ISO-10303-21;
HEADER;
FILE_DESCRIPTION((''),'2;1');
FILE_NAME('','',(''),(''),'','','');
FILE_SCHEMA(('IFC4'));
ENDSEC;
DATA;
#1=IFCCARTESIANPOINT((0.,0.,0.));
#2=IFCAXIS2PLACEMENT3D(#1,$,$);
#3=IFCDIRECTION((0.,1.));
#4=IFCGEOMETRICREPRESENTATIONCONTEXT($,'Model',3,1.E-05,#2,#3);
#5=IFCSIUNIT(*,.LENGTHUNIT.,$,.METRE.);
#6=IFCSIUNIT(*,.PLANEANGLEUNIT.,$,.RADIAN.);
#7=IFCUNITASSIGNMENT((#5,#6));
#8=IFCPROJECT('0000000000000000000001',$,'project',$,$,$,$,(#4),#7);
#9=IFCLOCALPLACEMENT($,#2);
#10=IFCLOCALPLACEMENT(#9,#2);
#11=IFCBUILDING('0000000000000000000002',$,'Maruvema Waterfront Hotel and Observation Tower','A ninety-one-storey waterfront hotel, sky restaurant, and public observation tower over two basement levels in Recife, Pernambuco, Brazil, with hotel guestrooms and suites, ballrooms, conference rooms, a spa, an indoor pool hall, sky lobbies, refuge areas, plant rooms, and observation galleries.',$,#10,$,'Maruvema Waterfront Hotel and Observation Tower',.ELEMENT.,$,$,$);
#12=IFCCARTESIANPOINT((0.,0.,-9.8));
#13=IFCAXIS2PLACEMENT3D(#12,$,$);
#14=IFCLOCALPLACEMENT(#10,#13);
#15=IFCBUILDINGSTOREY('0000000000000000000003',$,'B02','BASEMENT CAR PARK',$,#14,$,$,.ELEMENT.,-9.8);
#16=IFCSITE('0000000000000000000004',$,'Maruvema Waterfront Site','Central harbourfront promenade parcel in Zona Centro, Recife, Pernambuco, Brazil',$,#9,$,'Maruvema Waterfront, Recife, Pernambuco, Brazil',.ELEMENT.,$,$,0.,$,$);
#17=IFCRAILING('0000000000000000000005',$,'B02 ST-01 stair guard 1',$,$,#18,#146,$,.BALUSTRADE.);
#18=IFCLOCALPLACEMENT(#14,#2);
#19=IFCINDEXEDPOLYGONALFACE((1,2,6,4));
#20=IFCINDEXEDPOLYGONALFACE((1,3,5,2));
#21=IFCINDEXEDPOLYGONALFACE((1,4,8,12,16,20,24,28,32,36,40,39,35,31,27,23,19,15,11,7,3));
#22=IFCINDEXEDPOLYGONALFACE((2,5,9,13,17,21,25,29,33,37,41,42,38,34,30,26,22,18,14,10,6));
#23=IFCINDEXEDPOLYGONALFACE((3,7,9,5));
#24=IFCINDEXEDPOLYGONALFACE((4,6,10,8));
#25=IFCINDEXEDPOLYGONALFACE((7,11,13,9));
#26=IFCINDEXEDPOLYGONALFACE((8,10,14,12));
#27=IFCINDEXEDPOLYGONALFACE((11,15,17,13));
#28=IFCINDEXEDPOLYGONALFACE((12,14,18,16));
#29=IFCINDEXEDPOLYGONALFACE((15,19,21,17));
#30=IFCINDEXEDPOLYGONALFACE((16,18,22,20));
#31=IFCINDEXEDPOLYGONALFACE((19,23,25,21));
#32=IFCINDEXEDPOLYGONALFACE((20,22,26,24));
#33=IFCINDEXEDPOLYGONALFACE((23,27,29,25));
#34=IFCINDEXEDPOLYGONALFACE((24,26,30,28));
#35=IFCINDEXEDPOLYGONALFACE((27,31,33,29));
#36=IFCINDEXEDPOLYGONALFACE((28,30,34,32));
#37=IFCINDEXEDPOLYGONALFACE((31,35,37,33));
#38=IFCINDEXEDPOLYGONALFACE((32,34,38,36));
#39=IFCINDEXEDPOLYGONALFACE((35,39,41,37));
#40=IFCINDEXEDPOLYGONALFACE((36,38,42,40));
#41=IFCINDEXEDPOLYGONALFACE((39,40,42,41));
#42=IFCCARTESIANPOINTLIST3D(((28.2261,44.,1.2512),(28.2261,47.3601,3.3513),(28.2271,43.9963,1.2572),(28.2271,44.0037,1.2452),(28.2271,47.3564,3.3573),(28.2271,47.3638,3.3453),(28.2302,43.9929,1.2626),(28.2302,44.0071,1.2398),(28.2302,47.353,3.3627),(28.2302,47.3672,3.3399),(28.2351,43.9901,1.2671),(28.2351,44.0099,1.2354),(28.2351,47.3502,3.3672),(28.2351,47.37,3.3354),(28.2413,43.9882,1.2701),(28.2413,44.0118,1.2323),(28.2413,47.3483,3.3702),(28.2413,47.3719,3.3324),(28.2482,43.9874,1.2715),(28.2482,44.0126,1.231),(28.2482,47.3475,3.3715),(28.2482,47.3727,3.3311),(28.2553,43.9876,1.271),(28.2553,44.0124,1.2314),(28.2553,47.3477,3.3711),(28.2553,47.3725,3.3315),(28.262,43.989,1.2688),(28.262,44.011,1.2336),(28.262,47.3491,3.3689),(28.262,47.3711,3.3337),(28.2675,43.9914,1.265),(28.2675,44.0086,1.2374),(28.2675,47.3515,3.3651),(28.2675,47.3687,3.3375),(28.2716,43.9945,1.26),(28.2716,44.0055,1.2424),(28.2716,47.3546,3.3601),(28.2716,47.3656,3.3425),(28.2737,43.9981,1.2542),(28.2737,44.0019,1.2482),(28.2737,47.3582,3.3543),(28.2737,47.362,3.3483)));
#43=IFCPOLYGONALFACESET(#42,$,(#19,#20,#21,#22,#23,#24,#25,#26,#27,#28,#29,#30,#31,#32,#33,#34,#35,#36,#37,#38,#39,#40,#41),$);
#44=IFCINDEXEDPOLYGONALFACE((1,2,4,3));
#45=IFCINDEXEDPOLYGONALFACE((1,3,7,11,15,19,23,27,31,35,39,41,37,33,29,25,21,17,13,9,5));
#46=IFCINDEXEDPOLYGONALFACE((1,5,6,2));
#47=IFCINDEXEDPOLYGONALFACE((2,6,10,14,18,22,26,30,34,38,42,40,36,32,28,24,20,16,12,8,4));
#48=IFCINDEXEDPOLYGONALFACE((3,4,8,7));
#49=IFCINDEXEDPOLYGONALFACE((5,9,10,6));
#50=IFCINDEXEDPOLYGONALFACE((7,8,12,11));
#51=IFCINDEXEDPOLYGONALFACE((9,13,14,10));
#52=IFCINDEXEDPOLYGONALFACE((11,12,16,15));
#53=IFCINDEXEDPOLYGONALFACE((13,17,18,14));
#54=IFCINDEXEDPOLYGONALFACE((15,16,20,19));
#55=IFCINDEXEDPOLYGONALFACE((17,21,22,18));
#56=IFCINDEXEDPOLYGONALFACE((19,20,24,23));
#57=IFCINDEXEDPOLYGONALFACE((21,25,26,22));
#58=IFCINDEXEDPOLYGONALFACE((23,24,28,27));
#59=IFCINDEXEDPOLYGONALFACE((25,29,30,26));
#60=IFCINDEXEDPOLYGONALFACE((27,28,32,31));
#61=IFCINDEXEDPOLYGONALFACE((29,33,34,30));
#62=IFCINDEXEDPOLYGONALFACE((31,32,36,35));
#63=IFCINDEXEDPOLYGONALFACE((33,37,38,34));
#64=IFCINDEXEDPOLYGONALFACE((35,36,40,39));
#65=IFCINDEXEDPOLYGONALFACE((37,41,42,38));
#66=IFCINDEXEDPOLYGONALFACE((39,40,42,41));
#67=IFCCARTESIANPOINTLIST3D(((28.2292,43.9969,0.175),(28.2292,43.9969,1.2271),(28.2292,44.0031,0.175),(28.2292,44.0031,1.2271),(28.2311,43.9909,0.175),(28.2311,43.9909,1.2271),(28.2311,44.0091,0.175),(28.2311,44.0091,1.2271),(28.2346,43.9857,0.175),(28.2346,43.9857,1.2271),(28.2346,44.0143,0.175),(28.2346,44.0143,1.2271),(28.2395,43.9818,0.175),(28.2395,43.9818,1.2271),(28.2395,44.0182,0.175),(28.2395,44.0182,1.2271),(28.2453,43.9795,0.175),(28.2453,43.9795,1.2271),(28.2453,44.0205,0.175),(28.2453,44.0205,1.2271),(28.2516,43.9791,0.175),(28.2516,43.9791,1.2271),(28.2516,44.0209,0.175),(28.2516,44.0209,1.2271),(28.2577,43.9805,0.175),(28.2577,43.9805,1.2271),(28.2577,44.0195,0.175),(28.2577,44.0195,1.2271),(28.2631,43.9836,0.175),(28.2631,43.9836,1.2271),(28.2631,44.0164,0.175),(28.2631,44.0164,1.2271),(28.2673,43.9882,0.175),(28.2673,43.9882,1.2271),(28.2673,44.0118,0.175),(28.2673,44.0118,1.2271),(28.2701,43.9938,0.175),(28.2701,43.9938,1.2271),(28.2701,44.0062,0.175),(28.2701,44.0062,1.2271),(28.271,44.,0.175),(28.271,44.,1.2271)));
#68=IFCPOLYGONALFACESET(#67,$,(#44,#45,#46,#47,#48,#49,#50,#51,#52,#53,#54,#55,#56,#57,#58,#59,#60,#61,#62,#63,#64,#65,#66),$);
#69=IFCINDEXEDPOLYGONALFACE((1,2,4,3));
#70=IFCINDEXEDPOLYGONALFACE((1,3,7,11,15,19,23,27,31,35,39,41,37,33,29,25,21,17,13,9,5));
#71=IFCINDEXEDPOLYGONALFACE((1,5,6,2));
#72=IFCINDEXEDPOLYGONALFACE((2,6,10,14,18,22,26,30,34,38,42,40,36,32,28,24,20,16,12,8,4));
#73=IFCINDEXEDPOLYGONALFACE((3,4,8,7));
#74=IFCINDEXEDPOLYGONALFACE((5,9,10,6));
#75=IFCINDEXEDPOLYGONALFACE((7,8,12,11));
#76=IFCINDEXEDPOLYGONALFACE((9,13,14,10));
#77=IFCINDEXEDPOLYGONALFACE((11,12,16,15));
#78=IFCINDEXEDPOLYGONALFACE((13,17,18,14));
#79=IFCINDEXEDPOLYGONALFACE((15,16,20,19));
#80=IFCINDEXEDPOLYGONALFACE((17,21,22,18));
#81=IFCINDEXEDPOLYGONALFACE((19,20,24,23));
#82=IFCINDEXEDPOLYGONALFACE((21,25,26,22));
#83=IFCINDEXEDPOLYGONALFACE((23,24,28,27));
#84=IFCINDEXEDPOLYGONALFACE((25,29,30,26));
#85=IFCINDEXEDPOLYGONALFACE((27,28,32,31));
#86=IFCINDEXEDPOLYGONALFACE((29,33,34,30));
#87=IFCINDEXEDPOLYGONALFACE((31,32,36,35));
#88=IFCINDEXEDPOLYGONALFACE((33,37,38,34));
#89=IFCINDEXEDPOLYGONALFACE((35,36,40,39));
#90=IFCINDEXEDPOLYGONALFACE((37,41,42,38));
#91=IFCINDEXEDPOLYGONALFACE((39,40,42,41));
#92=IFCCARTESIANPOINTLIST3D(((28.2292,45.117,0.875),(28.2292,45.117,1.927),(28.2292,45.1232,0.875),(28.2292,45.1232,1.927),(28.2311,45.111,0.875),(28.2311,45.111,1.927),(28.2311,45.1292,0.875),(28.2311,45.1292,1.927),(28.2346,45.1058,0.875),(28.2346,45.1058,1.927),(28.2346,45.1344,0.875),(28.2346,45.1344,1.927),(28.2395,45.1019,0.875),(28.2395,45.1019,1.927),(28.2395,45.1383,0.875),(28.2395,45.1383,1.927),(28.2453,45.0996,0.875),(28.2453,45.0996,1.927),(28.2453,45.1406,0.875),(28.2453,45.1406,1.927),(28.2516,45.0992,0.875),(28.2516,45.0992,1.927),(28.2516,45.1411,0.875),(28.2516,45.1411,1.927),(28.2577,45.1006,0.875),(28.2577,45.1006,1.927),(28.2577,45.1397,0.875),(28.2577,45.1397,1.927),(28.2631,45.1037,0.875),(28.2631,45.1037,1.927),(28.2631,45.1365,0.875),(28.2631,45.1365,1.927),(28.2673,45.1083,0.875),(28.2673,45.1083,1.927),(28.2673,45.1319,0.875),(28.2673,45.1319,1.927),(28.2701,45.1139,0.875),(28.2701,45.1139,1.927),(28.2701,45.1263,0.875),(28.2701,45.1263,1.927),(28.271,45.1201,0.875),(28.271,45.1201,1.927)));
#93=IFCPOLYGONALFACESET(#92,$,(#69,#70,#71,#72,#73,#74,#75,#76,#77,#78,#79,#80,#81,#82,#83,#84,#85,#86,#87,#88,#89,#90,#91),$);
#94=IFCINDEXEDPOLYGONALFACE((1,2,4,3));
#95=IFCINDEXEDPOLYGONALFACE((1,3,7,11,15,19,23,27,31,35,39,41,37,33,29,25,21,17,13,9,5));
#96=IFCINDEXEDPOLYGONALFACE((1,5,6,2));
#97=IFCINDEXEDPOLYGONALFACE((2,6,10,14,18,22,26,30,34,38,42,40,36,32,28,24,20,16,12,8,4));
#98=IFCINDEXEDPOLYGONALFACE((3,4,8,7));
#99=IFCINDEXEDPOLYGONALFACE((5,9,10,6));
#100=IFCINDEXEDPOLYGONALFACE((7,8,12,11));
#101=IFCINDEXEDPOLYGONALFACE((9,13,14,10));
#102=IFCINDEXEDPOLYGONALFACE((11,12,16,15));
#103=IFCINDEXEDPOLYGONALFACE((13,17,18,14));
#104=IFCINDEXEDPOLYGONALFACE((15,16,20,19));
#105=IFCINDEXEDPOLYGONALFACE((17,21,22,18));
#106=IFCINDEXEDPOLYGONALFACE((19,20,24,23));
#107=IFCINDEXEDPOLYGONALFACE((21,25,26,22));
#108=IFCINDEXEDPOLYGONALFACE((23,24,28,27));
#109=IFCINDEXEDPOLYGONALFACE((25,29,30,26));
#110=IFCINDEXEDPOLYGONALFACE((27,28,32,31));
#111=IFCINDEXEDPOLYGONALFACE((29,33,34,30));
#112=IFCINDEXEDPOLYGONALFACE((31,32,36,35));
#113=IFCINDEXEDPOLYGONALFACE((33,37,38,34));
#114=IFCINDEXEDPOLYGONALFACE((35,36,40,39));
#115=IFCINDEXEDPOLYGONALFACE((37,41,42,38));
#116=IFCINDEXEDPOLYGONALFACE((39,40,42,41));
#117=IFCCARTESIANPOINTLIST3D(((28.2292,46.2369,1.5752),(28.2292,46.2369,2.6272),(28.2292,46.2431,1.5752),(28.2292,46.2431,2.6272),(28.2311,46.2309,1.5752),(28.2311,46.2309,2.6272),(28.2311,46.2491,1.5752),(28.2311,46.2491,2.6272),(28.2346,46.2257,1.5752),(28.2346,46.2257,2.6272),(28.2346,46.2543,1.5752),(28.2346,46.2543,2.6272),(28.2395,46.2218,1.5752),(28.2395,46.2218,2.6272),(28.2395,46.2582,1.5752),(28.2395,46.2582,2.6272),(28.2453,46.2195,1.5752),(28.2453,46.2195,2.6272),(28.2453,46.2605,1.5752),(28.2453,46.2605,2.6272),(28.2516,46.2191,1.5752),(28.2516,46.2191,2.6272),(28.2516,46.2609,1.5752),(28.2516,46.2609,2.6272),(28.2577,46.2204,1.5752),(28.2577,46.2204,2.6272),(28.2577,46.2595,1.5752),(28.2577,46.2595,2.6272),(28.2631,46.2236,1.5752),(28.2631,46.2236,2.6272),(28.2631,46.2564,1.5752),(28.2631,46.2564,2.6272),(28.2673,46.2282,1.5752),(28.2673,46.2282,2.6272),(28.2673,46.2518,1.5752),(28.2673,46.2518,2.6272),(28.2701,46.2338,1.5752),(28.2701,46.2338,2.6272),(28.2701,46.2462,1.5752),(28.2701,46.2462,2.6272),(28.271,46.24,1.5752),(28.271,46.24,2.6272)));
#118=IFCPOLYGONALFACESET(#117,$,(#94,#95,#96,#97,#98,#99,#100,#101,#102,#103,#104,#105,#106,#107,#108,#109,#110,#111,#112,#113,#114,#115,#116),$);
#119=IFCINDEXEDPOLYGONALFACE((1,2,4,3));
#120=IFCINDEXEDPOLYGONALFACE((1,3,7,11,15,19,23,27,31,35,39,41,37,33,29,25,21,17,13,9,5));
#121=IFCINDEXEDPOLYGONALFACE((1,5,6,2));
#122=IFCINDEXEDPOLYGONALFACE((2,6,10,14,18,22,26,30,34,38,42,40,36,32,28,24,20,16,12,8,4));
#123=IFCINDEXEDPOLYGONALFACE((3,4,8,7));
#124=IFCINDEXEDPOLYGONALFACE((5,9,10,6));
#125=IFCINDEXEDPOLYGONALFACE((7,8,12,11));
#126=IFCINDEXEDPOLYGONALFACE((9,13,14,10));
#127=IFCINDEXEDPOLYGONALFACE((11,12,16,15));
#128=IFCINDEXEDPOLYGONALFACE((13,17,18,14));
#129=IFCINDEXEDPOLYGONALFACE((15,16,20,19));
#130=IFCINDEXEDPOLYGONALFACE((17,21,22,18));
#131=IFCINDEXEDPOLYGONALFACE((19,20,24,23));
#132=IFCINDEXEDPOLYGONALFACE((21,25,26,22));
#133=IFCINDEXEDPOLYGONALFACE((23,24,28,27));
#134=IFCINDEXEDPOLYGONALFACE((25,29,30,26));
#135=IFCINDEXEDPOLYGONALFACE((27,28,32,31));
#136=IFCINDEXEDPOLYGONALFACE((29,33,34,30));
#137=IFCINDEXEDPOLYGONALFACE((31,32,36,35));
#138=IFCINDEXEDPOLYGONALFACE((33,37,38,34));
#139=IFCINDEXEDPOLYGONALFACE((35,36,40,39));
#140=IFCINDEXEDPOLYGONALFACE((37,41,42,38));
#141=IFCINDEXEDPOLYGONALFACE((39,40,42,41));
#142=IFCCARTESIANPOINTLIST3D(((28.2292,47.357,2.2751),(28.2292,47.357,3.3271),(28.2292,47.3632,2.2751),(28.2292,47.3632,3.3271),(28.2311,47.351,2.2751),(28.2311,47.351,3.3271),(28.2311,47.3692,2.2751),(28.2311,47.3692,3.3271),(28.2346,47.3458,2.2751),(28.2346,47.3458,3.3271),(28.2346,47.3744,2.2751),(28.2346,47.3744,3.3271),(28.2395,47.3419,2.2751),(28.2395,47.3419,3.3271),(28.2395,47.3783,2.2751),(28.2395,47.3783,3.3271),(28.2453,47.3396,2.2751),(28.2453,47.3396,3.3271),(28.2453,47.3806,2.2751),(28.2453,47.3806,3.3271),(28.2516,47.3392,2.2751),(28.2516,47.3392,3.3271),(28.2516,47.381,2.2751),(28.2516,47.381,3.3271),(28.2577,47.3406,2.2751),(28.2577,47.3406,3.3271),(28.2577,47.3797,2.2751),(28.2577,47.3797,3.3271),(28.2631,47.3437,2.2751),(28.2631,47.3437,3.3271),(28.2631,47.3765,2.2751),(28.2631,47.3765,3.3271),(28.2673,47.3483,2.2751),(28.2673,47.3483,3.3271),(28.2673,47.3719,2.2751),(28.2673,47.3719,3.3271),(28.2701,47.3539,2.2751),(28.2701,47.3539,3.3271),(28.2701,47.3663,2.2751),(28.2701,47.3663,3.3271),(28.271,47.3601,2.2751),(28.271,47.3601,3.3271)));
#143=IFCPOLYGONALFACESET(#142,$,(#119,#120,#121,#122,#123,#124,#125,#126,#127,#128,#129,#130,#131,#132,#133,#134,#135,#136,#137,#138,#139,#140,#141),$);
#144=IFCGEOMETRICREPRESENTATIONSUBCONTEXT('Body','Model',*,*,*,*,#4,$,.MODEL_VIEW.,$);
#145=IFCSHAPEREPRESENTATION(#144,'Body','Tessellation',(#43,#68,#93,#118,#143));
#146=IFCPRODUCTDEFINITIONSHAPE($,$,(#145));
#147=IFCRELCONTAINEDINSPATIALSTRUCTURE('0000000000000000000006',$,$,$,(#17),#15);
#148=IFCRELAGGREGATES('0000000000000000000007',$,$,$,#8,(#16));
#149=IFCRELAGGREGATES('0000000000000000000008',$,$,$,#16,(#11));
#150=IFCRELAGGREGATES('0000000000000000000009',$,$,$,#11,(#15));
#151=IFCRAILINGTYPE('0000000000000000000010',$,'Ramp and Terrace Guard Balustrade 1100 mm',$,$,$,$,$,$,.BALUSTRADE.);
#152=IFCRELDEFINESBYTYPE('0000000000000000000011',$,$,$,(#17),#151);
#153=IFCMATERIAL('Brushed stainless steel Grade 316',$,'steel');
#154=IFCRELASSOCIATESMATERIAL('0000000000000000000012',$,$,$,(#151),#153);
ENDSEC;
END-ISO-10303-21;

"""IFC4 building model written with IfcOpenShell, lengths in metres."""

from ifc_helpers import new_model, si_unit, direction, frame, origin, origin_2d, place, context, subcontext, project, spatial, circle, extrude, material, type_object, element, save


model = new_model("IFC4")

# Units and contexts
model_context = context("Model", 3, precision=1e-05, world=origin(), true_north=direction((0.0, 1.0)))
body_context = subcontext(model_context, "Body", "Model", "MODEL_VIEW")
ifc_project = project(units=[si_unit("LENGTHUNIT", "METRE"), si_unit("PLANEANGLEUNIT", "RADIAN")], contexts=[model_context])

# Site, building, storey
site_placement = place(None, origin())
site = spatial("IfcSite", under=ifc_project, at=site_placement, Name="Maruvema Waterfront Site", Description="Central harbourfront promenade parcel in Zona Centro, Recife, Pernambuco, Brazil", LongName="Maruvema Waterfront, Recife, Pernambuco, Brazil", CompositionType="ELEMENT", RefElevation=0.0)
building_placement = place(site_placement, origin())
building = spatial("IfcBuilding", under=site, at=building_placement, Name="Maruvema Waterfront Hotel and Observation Tower", Description="A ninety-one-storey waterfront hotel, sky restaurant, and public observation tower over two basement levels in Recife, Pernambuco, Brazil, with hotel guestrooms and suites, ballrooms, conference rooms, a spa, an indoor pool hall, sky lobbies, refuge areas, plant rooms, and observation galleries.", LongName="Maruvema Waterfront Hotel and Observation Tower", CompositionType="ELEMENT")
storey_placement = place(building_placement, frame((0.0, 0.0, -9.8)))
storey = spatial("IfcBuildingStorey", under=building, at=storey_placement, Name="B02", Description="BASEMENT CAR PARK", CompositionType="ELEMENT", Elevation=-9.8)

# Railing
ifc_material_1 = material(Name="Brushed stainless steel Grade 316", Category="steel")
railing_type_1 = type_object("IfcRailingType", Name="Ramp and Terrace Guard Balustrade 1100 mm", PredefinedType="BALUSTRADE", material=ifc_material_1)
railing_1_placement = place(storey_placement, frame((28.25, 44.0, 0.175)))
element("IfcRailing", 1, at=railing_1_placement, inside=storey, type_object=railing_type_1, Name="B02 ST-01 stair guard 1", PredefinedType="BALUSTRADE", context=body_context, shape_type="SweptSolid", body=[
    extrude(circle(Radius=0.0239, at=origin_2d()), frame((0.0, 0.0, 1.0762), z_axis=(0.0, 0.847995, 0.530004), x_axis=(-1.0, 0.0, 0.0)), (0.0, 0.0, 1.0), 3.9624),
    extrude(circle(Radius=0.021, at=origin_2d()), origin(), (0.0, 0.0, 1.0), 1.052),
    extrude(circle(Radius=0.021, at=origin_2d()), frame((0.0, 1.1201, 0.7)), (0.0, 0.0, 1.0), 1.052),
    extrude(circle(Radius=0.021, at=origin_2d()), frame((0.0, 2.24, 1.4001)), (0.0, 0.0, 1.0), 1.052),
    extrude(circle(Radius=0.021, at=origin_2d()), frame((0.0, 3.3601, 2.1001)), (0.0, 0.0, 1.0), 1.052),
])

save(model, "model.ifc")
